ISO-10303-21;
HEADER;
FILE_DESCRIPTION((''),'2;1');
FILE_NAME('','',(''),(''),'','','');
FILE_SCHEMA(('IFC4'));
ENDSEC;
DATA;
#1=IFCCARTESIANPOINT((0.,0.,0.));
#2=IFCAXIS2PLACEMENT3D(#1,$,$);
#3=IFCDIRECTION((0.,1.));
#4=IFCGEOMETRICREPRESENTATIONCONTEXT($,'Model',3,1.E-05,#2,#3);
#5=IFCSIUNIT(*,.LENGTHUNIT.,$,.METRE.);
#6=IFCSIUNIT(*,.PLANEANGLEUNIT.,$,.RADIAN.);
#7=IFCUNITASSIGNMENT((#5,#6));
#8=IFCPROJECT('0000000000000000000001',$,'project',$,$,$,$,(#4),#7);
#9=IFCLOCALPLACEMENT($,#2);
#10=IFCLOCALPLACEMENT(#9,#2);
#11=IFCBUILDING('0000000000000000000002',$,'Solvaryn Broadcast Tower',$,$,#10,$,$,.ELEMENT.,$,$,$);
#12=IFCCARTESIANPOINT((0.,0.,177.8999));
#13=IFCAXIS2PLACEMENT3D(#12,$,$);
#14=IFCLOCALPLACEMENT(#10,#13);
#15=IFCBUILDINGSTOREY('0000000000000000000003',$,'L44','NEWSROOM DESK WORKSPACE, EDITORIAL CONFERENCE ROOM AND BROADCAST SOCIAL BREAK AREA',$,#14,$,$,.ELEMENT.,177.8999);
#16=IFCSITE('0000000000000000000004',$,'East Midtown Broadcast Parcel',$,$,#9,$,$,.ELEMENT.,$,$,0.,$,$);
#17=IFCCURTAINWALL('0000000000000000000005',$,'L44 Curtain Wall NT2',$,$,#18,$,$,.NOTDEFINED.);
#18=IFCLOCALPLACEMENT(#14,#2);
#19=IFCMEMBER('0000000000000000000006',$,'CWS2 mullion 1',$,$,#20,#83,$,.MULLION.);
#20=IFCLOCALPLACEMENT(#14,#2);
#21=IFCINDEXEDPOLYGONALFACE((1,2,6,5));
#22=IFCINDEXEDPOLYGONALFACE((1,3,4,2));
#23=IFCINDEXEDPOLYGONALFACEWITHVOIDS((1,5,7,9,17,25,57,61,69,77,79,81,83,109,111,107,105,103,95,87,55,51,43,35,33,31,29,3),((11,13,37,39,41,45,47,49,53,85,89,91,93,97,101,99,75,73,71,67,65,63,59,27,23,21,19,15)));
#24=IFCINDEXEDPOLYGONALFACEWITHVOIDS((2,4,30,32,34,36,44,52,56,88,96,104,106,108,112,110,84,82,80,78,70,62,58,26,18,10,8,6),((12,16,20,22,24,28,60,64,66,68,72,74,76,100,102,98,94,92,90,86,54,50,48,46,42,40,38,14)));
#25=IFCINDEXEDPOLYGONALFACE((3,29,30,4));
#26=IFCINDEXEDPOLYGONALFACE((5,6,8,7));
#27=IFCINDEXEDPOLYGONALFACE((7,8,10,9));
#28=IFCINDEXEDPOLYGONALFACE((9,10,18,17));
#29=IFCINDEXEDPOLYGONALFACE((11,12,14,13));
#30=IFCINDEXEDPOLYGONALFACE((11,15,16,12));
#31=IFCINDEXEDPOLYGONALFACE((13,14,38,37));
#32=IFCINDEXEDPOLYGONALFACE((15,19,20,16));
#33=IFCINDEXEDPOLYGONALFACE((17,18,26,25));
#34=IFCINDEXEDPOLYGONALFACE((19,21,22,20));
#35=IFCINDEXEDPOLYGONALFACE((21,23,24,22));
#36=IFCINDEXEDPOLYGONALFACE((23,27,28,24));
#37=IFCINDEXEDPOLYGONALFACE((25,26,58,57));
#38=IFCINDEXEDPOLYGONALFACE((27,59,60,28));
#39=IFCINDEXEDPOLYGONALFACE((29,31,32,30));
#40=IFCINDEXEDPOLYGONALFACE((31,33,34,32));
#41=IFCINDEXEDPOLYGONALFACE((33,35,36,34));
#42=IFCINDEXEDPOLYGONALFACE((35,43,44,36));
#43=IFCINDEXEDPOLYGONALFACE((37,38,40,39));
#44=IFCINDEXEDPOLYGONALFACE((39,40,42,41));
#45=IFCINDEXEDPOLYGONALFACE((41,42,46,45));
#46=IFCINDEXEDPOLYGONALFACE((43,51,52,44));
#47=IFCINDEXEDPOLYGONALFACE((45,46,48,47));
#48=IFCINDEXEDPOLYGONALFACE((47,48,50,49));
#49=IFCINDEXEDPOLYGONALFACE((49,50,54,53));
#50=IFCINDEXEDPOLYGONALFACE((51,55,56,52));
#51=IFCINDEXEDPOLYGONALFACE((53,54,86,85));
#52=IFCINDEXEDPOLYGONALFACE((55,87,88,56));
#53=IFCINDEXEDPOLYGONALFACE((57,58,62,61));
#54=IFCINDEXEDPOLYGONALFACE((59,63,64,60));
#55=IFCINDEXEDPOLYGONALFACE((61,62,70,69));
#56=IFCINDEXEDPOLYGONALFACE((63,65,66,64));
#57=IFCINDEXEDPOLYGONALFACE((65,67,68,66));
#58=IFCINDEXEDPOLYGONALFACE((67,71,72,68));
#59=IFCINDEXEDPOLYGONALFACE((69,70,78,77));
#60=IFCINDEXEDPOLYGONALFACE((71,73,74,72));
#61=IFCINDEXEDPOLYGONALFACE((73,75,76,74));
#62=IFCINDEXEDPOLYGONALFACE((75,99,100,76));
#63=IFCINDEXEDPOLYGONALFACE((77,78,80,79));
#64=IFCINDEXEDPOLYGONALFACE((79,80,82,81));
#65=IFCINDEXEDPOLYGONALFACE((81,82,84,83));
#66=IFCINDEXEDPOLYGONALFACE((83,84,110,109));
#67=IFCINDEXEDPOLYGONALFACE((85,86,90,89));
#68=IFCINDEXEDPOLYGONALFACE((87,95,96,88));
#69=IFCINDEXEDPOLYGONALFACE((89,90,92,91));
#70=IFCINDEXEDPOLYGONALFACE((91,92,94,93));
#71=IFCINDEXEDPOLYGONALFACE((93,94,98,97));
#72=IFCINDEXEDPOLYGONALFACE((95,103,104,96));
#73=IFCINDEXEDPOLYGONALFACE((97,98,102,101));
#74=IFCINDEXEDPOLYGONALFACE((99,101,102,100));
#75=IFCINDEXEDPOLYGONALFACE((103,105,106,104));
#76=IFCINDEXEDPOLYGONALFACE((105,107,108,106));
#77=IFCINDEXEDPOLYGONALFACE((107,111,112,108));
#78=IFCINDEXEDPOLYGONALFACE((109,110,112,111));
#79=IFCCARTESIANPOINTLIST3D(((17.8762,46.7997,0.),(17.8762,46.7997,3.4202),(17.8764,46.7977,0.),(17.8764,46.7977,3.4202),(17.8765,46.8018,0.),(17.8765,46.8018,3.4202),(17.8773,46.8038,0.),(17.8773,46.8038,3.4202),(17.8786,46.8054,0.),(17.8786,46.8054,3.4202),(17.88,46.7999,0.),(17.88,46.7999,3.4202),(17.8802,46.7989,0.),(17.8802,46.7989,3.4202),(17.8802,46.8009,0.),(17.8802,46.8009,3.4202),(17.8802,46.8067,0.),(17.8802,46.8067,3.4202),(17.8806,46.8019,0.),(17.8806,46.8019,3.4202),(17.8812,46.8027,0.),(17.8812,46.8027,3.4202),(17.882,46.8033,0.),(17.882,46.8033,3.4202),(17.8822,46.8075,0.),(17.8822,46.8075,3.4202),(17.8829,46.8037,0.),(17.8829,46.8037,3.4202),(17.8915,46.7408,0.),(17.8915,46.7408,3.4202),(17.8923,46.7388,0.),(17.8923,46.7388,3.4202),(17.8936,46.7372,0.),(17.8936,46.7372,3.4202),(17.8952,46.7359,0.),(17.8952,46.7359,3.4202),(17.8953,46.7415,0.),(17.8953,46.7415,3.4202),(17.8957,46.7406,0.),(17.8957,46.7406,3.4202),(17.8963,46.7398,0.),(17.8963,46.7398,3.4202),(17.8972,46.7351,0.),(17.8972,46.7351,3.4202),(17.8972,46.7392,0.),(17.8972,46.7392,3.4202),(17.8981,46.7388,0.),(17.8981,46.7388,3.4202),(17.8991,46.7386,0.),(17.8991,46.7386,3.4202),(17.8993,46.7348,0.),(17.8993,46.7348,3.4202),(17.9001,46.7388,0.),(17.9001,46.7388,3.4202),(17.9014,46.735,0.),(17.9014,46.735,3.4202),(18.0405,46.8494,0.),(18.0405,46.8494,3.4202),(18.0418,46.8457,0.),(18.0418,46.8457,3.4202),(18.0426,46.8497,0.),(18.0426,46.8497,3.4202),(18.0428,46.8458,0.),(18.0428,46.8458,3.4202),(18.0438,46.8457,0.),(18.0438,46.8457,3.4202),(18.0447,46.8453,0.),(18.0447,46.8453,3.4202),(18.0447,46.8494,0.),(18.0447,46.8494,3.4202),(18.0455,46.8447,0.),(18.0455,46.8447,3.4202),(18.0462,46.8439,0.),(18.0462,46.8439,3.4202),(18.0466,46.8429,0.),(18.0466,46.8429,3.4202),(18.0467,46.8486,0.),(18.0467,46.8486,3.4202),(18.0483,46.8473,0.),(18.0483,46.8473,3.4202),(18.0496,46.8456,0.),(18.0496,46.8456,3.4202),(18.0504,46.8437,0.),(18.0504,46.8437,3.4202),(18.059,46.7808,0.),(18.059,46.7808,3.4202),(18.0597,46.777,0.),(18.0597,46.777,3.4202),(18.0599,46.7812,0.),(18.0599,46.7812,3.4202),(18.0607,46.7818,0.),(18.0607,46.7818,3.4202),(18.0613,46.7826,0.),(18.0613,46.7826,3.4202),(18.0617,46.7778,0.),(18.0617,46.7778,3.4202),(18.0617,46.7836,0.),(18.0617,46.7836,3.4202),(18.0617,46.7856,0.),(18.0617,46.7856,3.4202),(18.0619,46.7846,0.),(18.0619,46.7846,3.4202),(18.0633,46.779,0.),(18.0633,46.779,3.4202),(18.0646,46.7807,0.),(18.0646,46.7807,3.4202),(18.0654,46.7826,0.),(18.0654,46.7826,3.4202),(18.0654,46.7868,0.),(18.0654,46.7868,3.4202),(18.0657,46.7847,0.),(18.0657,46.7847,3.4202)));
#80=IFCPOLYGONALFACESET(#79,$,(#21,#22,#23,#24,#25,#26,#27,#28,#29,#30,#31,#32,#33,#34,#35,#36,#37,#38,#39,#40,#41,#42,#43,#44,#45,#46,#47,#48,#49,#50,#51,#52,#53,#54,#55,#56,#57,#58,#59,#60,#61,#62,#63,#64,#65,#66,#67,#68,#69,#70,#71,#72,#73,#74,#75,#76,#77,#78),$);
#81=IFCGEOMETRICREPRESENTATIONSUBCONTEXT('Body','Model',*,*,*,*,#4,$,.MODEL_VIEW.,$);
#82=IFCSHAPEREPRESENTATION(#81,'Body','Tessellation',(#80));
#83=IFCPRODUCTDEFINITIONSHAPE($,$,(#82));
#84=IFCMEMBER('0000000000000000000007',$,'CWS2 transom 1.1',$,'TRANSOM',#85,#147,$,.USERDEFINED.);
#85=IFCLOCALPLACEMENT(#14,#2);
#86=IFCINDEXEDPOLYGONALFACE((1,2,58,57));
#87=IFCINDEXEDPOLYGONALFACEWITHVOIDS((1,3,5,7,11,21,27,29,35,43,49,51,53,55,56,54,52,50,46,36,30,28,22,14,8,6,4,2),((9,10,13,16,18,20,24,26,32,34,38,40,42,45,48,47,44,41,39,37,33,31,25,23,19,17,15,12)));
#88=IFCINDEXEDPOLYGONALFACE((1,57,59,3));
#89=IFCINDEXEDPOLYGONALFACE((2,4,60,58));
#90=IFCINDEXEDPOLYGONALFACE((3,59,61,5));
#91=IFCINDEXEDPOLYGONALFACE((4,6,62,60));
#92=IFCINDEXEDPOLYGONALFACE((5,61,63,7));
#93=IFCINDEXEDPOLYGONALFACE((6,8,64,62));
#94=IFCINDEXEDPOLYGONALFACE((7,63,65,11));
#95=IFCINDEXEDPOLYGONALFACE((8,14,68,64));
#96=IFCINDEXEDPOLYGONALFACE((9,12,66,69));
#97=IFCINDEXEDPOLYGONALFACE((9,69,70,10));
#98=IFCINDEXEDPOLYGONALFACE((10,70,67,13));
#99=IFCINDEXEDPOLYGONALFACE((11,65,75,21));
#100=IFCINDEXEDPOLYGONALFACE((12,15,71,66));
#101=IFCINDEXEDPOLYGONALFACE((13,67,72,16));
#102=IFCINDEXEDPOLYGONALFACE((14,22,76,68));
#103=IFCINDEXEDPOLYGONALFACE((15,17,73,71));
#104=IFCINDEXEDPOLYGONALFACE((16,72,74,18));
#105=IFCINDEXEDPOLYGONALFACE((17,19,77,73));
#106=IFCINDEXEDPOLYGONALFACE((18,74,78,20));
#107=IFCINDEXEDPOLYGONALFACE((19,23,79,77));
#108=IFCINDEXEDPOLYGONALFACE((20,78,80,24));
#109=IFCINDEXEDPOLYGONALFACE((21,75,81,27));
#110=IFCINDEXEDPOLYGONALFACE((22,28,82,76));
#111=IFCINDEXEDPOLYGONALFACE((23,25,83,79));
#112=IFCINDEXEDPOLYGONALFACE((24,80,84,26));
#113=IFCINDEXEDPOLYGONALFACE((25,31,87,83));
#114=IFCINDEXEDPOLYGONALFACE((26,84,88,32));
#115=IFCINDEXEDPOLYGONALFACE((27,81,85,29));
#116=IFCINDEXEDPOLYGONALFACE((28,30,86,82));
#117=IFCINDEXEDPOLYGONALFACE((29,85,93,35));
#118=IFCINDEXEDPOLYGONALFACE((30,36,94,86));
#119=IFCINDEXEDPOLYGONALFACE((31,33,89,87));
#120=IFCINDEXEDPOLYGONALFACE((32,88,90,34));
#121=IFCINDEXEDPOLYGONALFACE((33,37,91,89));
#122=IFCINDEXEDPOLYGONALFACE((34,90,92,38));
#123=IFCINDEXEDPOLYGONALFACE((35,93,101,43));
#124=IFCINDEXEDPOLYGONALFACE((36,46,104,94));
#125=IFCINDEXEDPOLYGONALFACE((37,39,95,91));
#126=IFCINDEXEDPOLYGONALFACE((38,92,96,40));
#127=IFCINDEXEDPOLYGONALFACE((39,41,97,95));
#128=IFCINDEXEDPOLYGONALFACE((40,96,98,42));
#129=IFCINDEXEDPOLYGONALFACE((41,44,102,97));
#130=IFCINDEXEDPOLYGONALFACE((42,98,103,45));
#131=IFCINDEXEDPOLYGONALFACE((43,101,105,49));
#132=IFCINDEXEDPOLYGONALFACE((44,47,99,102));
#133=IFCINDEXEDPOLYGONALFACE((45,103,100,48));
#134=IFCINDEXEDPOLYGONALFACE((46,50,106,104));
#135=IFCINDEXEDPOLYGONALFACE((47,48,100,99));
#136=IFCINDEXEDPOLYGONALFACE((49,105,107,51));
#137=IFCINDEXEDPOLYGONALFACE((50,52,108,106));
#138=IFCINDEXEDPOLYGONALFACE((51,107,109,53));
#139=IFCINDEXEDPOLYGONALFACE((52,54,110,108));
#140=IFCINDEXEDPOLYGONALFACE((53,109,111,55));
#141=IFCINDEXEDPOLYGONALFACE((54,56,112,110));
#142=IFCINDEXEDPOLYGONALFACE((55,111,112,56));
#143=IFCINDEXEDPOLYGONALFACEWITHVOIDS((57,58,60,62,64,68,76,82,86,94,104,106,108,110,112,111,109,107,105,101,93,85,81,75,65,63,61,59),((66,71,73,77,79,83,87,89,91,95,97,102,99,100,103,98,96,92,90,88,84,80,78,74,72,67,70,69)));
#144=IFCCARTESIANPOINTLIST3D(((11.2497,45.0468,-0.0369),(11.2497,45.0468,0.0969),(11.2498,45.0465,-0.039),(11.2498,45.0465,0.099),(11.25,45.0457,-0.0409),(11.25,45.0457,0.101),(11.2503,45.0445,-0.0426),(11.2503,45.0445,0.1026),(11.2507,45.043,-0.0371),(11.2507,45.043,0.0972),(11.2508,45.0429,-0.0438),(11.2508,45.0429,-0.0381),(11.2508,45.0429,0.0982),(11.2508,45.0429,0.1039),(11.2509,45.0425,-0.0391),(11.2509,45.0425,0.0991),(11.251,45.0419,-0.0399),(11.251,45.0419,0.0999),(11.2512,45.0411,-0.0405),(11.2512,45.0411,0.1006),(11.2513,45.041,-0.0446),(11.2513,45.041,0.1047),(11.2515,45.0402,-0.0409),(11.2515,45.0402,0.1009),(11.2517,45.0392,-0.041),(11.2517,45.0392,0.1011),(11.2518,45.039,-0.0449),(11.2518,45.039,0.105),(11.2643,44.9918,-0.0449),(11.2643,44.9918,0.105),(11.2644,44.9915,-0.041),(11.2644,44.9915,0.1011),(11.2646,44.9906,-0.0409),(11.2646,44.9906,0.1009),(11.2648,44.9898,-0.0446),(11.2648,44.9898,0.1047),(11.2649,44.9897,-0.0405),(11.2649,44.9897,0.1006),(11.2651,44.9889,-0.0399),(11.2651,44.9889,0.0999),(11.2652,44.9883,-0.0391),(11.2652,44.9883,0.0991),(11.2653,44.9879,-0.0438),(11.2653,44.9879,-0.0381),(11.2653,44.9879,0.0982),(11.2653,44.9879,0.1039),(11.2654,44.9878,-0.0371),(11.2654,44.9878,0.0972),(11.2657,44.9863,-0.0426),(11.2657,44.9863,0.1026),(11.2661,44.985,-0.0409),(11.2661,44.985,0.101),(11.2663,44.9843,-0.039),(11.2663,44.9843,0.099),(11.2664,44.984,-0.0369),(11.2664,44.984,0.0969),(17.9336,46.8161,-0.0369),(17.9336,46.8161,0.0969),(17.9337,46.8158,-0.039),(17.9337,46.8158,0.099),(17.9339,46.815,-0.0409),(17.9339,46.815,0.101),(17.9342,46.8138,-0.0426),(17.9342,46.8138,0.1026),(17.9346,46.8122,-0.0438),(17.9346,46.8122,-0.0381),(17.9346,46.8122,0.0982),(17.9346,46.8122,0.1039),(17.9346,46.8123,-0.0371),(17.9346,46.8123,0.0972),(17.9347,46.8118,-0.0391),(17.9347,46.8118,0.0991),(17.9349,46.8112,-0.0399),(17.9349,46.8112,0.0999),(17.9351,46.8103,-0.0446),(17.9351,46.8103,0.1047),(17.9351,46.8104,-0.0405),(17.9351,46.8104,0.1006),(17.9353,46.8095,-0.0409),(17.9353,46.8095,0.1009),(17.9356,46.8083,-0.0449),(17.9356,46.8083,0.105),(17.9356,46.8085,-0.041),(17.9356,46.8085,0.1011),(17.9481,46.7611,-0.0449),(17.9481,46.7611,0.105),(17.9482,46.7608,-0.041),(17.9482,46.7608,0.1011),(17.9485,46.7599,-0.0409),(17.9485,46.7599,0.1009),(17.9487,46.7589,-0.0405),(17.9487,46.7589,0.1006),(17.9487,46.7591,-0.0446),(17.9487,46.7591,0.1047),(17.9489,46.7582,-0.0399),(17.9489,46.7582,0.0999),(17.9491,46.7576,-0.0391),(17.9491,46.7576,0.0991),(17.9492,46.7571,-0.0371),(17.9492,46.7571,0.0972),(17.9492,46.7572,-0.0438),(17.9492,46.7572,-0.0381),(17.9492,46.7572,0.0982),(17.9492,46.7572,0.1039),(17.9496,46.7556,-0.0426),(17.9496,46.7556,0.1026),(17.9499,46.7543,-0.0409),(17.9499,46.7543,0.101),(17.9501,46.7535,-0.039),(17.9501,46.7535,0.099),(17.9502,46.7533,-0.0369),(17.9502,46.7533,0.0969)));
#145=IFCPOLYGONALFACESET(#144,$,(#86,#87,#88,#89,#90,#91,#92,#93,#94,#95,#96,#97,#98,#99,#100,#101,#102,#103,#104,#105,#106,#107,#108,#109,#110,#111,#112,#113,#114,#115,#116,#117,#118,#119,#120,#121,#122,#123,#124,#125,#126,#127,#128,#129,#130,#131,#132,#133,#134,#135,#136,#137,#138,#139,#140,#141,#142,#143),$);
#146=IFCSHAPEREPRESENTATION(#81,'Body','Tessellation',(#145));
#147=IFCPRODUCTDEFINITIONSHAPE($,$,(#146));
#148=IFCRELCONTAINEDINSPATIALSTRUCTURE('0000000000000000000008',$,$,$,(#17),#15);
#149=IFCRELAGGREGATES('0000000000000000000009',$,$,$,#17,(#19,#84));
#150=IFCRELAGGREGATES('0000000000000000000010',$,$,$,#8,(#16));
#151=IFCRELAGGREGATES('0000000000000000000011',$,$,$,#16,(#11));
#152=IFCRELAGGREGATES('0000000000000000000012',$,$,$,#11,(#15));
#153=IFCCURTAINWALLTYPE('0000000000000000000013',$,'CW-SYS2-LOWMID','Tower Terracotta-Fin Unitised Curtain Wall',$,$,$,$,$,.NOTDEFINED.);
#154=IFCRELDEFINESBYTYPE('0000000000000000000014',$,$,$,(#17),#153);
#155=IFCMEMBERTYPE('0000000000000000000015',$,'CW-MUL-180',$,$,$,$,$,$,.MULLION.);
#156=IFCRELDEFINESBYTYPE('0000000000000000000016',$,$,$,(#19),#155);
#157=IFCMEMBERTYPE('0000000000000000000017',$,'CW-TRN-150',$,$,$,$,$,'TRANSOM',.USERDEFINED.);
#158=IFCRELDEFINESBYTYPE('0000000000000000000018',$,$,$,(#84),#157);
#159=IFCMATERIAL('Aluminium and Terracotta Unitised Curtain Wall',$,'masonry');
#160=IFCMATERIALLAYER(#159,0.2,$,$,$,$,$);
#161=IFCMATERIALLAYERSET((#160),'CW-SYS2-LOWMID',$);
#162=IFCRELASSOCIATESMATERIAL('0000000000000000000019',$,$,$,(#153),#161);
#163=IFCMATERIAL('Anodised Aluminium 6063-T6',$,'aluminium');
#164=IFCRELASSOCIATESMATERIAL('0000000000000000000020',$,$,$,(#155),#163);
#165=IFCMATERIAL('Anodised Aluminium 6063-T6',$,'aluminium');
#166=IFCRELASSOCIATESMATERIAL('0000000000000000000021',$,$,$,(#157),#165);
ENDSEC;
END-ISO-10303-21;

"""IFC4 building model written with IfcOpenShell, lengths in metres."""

from ifc_helpers import new_model, si_unit, direction, frame, origin, origin_2d, place, context, subcontext, project, spatial, hollow_rectangle, extrude, material, layer, layer_set, material_profile, profile_set, type_object, element, aggregate, save


model = new_model("IFC4")

# Units and contexts
model_context = context("Model", 3, precision=1e-05, world=origin(), true_north=direction((0.0, 1.0)))
body_context = subcontext(model_context, "Body", "Model", "MODEL_VIEW")
ifc_project = project(units=[si_unit("LENGTHUNIT", "METRE"), si_unit("PLANEANGLEUNIT", "RADIAN")], contexts=[model_context])

# Site, building, storey
site_placement = place(None, origin())
site = spatial("IfcSite", under=ifc_project, at=site_placement, Name="East Midtown Broadcast Parcel", CompositionType="ELEMENT", RefElevation=0.0)
building_placement = place(site_placement, origin())
building = spatial("IfcBuilding", under=site, at=building_placement, Name="Solvaryn Broadcast Tower", CompositionType="ELEMENT")
storey_placement = place(building_placement, frame((0.0, 0.0, 177.8999)))
storey = spatial("IfcBuildingStorey", under=building, at=storey_placement, Name="L44", Description="NEWSROOM DESK WORKSPACE, EDITORIAL CONFERENCE ROOM AND BROADCAST SOCIAL BREAK AREA", CompositionType="ELEMENT", Elevation=177.8999)

# Shared definitions
ifc_material_1 = material(Name="Aluminium and Terracotta Unitised Curtain Wall", Category="masonry")
ifc_layer_1 = layer(ifc_material_1, 0.2)
ifc_layer_set_1 = layer_set([ifc_layer_1], Name="CW-SYS2-LOWMID")
curtain_wall_type = type_object("IfcCurtainWallType", Name="CW-SYS2-LOWMID", Description="Tower Terracotta-Fin Unitised Curtain Wall", PredefinedType="NOTDEFINED", material=ifc_layer_set_1)
ifc_material_2 = material(Name="Anodised Aluminium 6063-T6", Category="aluminium")
ifc_material_profile_1 = material_profile(ifc_material_2, hollow_rectangle(XDim=0.075, YDim=0.1799, WallThickness=0.0039, InnerFilletRadius=0.0039, OuterFilletRadius=0.0081, at=origin_2d()))
ifc_profile_set_1 = profile_set([ifc_material_profile_1], Name="Anodised Aluminium 6063-T6")
member_type_1 = type_object("IfcMemberType", Name="CW-MUL-180", PredefinedType="MULLION", material=ifc_profile_set_1)

# Curtain wall, members
curtain_wall_1_placement = place(storey_placement, origin())
curtain_wall_1 = element("IfcCurtainWall", 1, at=curtain_wall_1_placement, inside=storey, type_object=curtain_wall_type, Name="L44 Curtain Wall NT2", PredefinedType="NOTDEFINED")
member_1_placement = place(storey_placement, frame((17.9709, 46.7922, 0.0), z_axis=(0.0, 0.0, 1.0), x_axis=(0.255893, -0.966705, 0.0)))
member_1 = element("IfcMember", 2, at=member_1_placement, type_object=member_type_1, Name="CWS2 mullion 1", PredefinedType="MULLION", context=body_context, shape_type="SweptSolid", body=[
    extrude(hollow_rectangle(XDim=0.075, YDim=0.1799, WallThickness=0.0039, InnerFilletRadius=0.0039, OuterFilletRadius=0.0081, at=origin_2d()), origin(), (0.0, 0.0, 1.0), 3.4202),
])
ifc_material_3 = material(Name="Anodised Aluminium 6063-T6", Category="aluminium")
ifc_material_profile_2 = material_profile(ifc_material_3, hollow_rectangle(XDim=0.0649, YDim=0.1499, WallThickness=0.0039, InnerFilletRadius=0.0039, OuterFilletRadius=0.0081, at=origin_2d()))
ifc_profile_set_2 = profile_set([ifc_material_profile_2], Name="Anodised Aluminium 6063-T6")
member_type_2 = type_object("IfcMemberType", Name="CW-TRN-150", ElementType="TRANSOM", PredefinedType="USERDEFINED", material=ifc_profile_set_2)
member_2_placement = place(storey_placement, frame((17.9419, 46.7847, 0.03), z_axis=(-0.966704, -0.255897, 0.0), x_axis=(0.255897, -0.966704, 0.0)))
member_2 = element("IfcMember", 3, at=member_2_placement, type_object=member_type_2, Name="CWS2 transom 1.1", ObjectType="TRANSOM", PredefinedType="USERDEFINED", context=body_context, shape_type="SweptSolid", body=[
    extrude(hollow_rectangle(XDim=0.0649, YDim=0.1499, WallThickness=0.0039, InnerFilletRadius=0.0039, OuterFilletRadius=0.0081, at=origin_2d()), origin(), (0.0, 0.0, 1.0), 6.9141),
])
aggregate(curtain_wall_1, [member_1, member_2])

save(model, "model.ifc")
